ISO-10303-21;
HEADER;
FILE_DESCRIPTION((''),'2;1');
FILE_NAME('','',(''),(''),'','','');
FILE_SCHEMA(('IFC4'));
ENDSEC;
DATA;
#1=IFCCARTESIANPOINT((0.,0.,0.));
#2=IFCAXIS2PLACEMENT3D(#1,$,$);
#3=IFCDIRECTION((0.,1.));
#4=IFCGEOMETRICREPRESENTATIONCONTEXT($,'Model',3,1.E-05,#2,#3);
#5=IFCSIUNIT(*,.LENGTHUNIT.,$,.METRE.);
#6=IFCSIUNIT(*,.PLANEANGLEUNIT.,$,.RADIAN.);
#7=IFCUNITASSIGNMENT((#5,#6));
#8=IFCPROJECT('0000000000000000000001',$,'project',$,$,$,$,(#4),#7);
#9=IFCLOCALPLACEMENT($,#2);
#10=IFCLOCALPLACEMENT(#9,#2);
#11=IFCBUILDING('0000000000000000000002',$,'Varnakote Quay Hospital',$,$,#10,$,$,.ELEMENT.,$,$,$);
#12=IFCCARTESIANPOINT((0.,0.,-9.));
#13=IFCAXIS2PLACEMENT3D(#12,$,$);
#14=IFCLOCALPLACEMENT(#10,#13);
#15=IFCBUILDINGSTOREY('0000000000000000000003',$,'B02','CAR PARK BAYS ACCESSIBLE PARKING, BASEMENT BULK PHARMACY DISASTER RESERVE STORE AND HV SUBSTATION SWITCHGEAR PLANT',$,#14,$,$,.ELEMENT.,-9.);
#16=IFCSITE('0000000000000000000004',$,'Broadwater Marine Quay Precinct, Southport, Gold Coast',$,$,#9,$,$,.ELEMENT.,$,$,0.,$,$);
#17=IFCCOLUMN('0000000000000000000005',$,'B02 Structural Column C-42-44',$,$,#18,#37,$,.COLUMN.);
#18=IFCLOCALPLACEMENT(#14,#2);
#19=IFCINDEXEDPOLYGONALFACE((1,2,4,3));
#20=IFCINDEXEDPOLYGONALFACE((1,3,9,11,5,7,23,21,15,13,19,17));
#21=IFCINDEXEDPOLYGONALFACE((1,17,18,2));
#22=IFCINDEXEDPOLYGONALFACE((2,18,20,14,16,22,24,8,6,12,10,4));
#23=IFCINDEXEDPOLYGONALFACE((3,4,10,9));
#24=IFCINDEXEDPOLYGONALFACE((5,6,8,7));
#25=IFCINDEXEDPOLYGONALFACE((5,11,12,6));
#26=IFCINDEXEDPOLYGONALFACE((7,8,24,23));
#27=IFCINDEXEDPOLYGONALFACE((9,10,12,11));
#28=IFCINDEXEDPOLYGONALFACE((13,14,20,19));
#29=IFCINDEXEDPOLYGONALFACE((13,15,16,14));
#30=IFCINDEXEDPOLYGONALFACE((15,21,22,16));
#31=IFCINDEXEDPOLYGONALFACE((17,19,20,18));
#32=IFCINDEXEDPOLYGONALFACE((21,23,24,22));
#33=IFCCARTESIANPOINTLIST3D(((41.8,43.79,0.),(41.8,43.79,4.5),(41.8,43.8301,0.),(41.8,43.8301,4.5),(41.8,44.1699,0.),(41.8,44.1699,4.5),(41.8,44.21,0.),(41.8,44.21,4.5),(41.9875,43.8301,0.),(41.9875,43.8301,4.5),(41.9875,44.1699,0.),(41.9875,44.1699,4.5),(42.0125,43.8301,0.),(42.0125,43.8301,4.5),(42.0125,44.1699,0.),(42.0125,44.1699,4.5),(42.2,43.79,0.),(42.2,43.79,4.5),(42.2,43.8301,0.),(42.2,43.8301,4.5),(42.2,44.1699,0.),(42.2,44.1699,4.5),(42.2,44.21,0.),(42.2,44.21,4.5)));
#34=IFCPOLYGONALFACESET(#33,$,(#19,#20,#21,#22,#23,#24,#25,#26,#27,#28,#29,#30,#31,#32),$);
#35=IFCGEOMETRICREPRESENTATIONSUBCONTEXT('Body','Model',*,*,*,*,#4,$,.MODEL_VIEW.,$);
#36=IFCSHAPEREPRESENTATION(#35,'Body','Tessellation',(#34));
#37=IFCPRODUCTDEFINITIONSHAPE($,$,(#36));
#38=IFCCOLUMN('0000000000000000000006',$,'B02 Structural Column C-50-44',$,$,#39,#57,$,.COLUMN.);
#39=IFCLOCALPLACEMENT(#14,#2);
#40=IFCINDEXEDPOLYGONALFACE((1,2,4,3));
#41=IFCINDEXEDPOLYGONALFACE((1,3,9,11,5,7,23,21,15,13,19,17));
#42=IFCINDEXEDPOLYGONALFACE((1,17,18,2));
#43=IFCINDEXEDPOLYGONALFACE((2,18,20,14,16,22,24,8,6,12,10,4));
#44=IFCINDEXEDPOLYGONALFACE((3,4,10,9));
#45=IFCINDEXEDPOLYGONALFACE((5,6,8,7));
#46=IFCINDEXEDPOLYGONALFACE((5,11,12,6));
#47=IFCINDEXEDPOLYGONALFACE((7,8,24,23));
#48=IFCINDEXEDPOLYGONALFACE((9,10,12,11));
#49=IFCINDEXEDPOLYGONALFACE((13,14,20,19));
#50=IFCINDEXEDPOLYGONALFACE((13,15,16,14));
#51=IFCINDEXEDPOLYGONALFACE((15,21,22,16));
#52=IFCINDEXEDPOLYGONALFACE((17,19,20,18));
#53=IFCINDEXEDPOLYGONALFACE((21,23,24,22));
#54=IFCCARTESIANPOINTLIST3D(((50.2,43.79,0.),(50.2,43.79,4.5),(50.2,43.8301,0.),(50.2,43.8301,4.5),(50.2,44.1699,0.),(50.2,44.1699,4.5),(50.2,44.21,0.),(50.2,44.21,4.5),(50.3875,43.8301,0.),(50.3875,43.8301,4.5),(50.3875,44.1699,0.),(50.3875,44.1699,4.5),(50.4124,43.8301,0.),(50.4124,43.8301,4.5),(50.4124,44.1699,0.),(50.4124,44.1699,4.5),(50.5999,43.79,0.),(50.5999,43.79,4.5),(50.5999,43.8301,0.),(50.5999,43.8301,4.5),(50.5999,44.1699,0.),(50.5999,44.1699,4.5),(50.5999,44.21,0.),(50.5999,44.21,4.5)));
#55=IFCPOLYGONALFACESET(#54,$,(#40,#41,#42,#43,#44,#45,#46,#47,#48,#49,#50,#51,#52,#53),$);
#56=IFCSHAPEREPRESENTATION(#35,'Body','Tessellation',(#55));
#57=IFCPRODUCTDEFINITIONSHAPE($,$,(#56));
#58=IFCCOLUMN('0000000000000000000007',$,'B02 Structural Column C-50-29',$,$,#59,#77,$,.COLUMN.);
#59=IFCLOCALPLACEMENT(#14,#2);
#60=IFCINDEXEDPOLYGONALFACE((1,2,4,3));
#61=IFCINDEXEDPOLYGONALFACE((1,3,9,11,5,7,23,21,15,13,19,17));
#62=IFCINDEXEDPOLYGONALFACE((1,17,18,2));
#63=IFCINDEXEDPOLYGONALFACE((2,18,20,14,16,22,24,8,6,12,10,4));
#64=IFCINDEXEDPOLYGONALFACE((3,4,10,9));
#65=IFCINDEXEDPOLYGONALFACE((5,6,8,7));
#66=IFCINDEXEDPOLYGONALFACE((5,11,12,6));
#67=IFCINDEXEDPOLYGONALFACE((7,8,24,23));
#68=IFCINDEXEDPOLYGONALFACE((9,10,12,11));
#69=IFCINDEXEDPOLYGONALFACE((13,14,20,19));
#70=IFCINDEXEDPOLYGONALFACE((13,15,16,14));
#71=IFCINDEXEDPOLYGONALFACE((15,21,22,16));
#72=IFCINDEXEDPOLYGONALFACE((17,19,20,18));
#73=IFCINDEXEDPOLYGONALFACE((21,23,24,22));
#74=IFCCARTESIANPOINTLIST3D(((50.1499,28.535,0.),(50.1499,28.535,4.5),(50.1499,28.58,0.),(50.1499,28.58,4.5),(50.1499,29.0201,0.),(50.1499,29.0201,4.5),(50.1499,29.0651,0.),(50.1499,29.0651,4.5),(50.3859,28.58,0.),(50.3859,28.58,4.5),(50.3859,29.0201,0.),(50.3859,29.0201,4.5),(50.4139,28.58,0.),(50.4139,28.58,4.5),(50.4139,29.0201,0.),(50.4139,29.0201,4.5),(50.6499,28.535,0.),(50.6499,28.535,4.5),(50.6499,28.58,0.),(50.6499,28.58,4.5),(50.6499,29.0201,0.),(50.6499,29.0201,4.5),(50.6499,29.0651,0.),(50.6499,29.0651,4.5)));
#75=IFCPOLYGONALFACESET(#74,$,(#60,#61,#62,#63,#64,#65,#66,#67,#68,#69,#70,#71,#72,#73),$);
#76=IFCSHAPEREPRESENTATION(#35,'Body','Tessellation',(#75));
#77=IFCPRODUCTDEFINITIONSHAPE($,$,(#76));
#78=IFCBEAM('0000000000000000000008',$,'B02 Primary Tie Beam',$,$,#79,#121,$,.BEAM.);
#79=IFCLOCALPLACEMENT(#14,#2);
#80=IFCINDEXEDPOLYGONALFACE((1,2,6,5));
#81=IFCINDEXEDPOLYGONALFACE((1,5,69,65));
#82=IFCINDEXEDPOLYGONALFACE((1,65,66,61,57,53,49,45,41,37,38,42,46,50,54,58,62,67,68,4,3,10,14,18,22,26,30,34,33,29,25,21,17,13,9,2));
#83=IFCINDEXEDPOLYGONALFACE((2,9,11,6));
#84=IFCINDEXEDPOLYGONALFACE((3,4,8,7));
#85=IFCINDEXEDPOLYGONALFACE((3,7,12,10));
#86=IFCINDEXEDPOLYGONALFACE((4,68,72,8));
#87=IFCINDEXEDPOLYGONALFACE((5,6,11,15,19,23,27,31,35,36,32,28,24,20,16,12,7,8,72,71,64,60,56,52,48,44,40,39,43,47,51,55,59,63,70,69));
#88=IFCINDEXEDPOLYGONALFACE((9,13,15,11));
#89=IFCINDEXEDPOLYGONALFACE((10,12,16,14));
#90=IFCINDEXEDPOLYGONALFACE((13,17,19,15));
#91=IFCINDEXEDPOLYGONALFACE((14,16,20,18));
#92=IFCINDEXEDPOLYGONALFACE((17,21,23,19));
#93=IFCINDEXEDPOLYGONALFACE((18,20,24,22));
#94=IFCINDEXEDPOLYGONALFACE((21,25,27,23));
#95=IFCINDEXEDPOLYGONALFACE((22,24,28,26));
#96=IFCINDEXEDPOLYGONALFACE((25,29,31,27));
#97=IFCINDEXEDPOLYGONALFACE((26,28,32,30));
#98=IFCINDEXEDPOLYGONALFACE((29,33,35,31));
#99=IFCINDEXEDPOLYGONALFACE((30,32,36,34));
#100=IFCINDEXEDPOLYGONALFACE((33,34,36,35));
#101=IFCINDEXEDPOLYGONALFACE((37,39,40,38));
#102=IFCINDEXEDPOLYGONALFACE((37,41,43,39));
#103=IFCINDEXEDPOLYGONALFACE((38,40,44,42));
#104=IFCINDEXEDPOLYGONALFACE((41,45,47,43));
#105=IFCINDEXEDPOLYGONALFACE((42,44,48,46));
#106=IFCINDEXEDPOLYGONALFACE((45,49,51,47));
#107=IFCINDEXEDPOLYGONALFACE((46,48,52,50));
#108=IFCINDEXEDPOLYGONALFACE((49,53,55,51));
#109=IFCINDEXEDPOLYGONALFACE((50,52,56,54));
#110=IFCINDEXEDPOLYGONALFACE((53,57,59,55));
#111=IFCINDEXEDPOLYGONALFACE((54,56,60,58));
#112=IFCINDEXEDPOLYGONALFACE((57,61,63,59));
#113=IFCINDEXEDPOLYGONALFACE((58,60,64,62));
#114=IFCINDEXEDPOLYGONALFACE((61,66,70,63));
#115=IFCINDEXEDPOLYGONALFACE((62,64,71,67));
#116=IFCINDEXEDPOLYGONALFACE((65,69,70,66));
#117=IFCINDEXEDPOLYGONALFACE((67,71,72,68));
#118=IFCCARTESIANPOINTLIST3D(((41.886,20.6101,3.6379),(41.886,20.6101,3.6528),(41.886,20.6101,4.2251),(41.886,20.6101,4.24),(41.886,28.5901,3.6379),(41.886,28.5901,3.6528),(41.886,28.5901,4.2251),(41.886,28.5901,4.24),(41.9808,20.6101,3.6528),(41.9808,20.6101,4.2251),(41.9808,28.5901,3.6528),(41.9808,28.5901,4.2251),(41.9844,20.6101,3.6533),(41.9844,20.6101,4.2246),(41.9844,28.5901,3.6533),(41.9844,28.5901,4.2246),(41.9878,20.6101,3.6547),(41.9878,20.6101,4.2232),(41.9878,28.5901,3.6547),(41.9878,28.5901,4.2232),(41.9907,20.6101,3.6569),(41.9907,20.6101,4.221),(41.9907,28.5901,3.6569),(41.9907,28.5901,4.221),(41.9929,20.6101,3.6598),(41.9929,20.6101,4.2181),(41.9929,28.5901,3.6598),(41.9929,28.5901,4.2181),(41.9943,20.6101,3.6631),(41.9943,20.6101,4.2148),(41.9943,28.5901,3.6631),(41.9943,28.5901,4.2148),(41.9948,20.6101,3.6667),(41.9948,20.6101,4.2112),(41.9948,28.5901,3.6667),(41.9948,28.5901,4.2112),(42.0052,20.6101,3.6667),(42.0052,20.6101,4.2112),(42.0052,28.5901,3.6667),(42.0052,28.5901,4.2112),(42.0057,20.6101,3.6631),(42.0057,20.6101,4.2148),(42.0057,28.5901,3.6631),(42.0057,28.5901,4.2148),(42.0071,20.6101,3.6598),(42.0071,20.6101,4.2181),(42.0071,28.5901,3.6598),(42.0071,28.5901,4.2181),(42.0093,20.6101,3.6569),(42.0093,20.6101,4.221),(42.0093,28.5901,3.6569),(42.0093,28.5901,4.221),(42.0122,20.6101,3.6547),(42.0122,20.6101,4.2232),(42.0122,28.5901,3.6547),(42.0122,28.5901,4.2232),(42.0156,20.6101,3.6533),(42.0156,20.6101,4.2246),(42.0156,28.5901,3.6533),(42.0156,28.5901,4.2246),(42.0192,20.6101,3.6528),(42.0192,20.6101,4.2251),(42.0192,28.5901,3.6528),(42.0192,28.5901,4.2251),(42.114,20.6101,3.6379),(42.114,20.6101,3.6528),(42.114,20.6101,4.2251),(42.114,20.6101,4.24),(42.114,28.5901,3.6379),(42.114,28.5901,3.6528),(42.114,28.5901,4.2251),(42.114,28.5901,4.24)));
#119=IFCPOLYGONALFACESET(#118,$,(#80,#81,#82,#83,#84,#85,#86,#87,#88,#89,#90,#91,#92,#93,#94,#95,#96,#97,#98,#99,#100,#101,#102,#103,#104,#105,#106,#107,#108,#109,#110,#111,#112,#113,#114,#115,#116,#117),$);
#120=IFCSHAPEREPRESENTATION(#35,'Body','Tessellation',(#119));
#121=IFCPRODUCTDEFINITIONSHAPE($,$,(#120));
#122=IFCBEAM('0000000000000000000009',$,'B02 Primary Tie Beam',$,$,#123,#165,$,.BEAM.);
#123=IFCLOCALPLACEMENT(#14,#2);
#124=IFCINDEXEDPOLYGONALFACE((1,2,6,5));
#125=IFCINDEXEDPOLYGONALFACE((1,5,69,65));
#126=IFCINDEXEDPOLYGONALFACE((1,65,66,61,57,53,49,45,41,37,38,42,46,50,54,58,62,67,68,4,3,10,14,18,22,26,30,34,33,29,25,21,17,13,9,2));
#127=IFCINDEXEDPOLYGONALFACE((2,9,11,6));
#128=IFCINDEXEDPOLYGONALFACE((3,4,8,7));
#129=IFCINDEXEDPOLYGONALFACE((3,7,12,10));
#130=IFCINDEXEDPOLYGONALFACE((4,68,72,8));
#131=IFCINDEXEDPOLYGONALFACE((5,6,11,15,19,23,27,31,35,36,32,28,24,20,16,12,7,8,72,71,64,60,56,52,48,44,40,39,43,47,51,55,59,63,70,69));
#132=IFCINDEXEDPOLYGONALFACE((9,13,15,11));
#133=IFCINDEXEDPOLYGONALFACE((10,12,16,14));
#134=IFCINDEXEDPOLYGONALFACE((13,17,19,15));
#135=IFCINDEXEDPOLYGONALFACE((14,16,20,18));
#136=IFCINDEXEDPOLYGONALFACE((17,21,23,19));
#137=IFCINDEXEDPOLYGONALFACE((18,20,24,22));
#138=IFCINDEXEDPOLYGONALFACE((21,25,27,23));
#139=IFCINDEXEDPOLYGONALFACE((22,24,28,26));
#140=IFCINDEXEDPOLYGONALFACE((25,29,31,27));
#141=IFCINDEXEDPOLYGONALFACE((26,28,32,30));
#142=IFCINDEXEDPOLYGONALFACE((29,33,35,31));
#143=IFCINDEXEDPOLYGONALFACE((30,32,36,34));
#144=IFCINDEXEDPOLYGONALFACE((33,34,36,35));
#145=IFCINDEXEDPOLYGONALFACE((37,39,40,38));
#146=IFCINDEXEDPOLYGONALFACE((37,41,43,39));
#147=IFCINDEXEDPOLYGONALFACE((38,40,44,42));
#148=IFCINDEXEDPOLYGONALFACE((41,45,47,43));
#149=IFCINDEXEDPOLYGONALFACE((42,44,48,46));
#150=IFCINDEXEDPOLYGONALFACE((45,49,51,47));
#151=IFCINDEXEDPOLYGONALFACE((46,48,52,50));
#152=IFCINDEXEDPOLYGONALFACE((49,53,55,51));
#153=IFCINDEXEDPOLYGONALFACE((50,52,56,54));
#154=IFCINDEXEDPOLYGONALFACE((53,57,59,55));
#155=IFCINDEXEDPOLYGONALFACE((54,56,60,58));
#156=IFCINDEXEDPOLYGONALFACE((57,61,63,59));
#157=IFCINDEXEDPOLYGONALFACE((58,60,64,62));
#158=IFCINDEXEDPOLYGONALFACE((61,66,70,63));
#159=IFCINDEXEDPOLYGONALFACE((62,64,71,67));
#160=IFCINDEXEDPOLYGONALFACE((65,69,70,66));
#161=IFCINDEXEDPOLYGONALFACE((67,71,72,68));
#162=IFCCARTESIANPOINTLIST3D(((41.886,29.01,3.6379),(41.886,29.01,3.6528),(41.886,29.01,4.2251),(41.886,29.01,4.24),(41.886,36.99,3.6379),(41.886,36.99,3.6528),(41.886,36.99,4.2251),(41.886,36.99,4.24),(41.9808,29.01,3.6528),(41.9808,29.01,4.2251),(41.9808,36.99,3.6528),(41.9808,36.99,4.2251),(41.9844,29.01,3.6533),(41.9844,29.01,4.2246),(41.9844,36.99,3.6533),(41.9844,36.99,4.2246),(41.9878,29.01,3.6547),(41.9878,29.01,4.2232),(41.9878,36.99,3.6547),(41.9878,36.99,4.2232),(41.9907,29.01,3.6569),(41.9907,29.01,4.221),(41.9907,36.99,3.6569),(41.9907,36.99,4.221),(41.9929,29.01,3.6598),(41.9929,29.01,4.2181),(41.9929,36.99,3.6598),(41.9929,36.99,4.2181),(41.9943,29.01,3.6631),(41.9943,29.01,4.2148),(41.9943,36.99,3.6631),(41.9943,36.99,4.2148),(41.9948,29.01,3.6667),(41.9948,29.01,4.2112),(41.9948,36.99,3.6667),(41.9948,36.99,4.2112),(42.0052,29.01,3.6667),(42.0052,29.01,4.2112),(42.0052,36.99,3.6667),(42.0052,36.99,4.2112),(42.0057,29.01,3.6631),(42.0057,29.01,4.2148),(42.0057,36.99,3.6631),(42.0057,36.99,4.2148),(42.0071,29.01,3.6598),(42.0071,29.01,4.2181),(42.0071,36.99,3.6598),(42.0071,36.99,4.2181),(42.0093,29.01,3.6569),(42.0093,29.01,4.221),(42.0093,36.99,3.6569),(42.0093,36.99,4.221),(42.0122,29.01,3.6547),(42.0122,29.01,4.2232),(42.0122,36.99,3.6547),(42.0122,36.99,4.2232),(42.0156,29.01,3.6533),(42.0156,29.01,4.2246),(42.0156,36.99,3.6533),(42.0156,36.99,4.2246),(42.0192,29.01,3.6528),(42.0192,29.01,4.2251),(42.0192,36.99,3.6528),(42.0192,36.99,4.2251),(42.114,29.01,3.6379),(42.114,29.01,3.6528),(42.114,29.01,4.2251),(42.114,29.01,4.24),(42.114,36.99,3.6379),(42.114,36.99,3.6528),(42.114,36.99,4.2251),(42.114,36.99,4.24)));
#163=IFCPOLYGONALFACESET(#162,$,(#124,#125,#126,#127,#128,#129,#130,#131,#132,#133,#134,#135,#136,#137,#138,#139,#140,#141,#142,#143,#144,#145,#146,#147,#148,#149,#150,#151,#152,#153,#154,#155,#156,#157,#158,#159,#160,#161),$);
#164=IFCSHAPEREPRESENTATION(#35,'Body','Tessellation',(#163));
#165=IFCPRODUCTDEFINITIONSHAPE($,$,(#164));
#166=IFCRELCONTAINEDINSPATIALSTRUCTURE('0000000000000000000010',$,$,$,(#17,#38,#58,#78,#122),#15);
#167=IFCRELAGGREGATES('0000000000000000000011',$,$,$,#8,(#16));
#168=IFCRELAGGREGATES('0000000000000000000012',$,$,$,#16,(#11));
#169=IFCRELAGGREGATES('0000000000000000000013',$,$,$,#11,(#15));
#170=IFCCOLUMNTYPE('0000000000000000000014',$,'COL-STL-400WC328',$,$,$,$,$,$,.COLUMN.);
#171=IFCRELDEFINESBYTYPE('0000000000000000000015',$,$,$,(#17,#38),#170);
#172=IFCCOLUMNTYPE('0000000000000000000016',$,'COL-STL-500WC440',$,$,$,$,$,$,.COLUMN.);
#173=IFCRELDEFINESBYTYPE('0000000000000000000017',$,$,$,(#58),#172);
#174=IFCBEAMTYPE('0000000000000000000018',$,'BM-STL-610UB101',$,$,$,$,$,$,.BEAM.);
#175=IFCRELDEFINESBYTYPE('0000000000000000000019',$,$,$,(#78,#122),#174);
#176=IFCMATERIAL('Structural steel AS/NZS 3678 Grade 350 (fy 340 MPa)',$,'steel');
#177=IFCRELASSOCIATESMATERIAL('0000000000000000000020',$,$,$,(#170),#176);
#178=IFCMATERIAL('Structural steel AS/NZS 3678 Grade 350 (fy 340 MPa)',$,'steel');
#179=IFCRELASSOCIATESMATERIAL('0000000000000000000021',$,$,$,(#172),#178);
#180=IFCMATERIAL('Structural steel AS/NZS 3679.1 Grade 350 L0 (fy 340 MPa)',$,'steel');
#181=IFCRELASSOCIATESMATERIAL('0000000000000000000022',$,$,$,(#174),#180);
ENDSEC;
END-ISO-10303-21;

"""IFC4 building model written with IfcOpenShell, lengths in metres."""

from ifc_helpers import new_model, si_unit, direction, frame, origin, origin_2d, place, context, subcontext, project, spatial, i_section, extrude, material, material_profile, profile_set, type_object, element, save


model = new_model("IFC4")

# Units and contexts
model_context = context("Model", 3, precision=1e-05, world=origin(), true_north=direction((0.0, 1.0)))
body_context = subcontext(model_context, "Body", "Model", "MODEL_VIEW")
ifc_project = project(units=[si_unit("LENGTHUNIT", "METRE"), si_unit("PLANEANGLEUNIT", "RADIAN")], contexts=[model_context])

# Site, building, storey
site_placement = place(None, origin())
site = spatial("IfcSite", under=ifc_project, at=site_placement, Name="Broadwater Marine Quay Precinct, Southport, Gold Coast", CompositionType="ELEMENT", RefElevation=0.0)
building_placement = place(site_placement, origin())
building = spatial("IfcBuilding", under=site, at=building_placement, Name="Varnakote Quay Hospital", CompositionType="ELEMENT")
storey_placement = place(building_placement, frame((0.0, 0.0, -9.0)))
storey = spatial("IfcBuildingStorey", under=building, at=storey_placement, Name="B02", Description="CAR PARK BAYS ACCESSIBLE PARKING, BASEMENT BULK PHARMACY DISASTER RESERVE STORE AND HV SUBSTATION SWITCHGEAR PLANT", CompositionType="ELEMENT", Elevation=-9.0)

# Columns
ifc_material_1 = material(Name="Structural steel AS/NZS 3678 Grade 350 (fy 340 MPa)", Category="steel")
ifc_material_profile_1 = material_profile(ifc_material_1, i_section(OverallWidth=0.3999, OverallDepth=0.4199, WebThickness=0.0249, FlangeThickness=0.04, at=origin_2d()), Name="400WC328")
ifc_profile_set_1 = profile_set([ifc_material_profile_1], Name="Structural steel AS/NZS 3678 Grade 350 (fy 340 MPa)")
column_type_1 = type_object("IfcColumnType", Name="COL-STL-400WC328", PredefinedType="COLUMN", material=ifc_profile_set_1)
for number, where, z_axis, x_axis, name in (
    (1, (42.0, 44.0, 0.0), (0.0, 0.0, 1.0), (1.0, 0.0, 0.0), "B02 Structural Column C-42-44"),
    (2, (50.3999, 44.0, 0.0), (0.0, 0.0, 1.0), (1.0, 0.0, 0.0), "B02 Structural Column C-50-44"),
):
    element("IfcColumn", number, at=place(storey_placement, frame(where, z_axis=z_axis, x_axis=x_axis)), inside=storey, type_object=column_type_1, Name=name, PredefinedType="COLUMN", context=body_context, shape_type="SweptSolid", body=[
        extrude(i_section(OverallWidth=0.3999, OverallDepth=0.4199, WebThickness=0.0249, FlangeThickness=0.04, at=origin_2d()), origin(), (0.0, 0.0, 1.0), 4.5),
    ])
ifc_material_2 = material(Name="Structural steel AS/NZS 3678 Grade 350 (fy 340 MPa)", Category="steel")
ifc_material_profile_2 = material_profile(ifc_material_2, i_section(OverallWidth=0.5, OverallDepth=0.53, WebThickness=0.0281, FlangeThickness=0.0449, at=origin_2d()), Name="500WC440")
ifc_profile_set_2 = profile_set([ifc_material_profile_2], Name="Structural steel AS/NZS 3678 Grade 350 (fy 340 MPa)")
column_type_2 = type_object("IfcColumnType", Name="COL-STL-500WC440", PredefinedType="COLUMN", material=ifc_profile_set_2)
column_placement = place(storey_placement, frame((50.3999, 28.8, 0.0), z_axis=(0.0, 0.0, 1.0), x_axis=(1.0, 0.0, 0.0)))
element("IfcColumn", 3, at=column_placement, inside=storey, type_object=column_type_2, Name="B02 Structural Column C-50-29", PredefinedType="COLUMN", context=body_context, shape_type="SweptSolid", body=[
    extrude(i_section(OverallWidth=0.5, OverallDepth=0.53, WebThickness=0.0281, FlangeThickness=0.0449, at=origin_2d()), origin(), (0.0, 0.0, 1.0), 4.5),
])

# Beams
ifc_material_3 = material(Name="Structural steel AS/NZS 3679.1 Grade 350 L0 (fy 340 MPa)", Category="steel")
ifc_material_profile_3 = material_profile(ifc_material_3, i_section(OverallWidth=0.228, OverallDepth=0.6021, WebThickness=0.0105, FlangeThickness=0.0149, FilletRadius=0.0139, at=origin_2d()), Name="610UB101")
ifc_profile_set_3 = profile_set([ifc_material_profile_3], Name="Structural steel AS/NZS 3679.1 Grade 350 L0 (fy 340 MPa)")
beam_type_1 = type_object("IfcBeamType", Name="BM-STL-610UB101", PredefinedType="BEAM", material=ifc_profile_set_3)
for number, where, z_axis, x_axis, name in (
    (4, (42.0, 20.6101, 3.939), (0.0, 1.0, 0.0), (-1.0, 0.0, 0.0), "B02 Primary Tie Beam"),
    (5, (42.0, 29.01, 3.939), (0.0, 1.0, 0.0), (-1.0, 0.0, 0.0), "B02 Primary Tie Beam"),
):
    element("IfcBeam", number, at=place(storey_placement, frame(where, z_axis=z_axis, x_axis=x_axis)), inside=storey, type_object=beam_type_1, Name=name, PredefinedType="BEAM", context=body_context, shape_type="SweptSolid", body=[
        extrude(i_section(OverallWidth=0.228, OverallDepth=0.6021, WebThickness=0.0105, FlangeThickness=0.0149, FilletRadius=0.0139, at=origin_2d()), origin(), (0.0, 0.0, 1.0), 7.98),
    ])

save(model, "model.ifc")
